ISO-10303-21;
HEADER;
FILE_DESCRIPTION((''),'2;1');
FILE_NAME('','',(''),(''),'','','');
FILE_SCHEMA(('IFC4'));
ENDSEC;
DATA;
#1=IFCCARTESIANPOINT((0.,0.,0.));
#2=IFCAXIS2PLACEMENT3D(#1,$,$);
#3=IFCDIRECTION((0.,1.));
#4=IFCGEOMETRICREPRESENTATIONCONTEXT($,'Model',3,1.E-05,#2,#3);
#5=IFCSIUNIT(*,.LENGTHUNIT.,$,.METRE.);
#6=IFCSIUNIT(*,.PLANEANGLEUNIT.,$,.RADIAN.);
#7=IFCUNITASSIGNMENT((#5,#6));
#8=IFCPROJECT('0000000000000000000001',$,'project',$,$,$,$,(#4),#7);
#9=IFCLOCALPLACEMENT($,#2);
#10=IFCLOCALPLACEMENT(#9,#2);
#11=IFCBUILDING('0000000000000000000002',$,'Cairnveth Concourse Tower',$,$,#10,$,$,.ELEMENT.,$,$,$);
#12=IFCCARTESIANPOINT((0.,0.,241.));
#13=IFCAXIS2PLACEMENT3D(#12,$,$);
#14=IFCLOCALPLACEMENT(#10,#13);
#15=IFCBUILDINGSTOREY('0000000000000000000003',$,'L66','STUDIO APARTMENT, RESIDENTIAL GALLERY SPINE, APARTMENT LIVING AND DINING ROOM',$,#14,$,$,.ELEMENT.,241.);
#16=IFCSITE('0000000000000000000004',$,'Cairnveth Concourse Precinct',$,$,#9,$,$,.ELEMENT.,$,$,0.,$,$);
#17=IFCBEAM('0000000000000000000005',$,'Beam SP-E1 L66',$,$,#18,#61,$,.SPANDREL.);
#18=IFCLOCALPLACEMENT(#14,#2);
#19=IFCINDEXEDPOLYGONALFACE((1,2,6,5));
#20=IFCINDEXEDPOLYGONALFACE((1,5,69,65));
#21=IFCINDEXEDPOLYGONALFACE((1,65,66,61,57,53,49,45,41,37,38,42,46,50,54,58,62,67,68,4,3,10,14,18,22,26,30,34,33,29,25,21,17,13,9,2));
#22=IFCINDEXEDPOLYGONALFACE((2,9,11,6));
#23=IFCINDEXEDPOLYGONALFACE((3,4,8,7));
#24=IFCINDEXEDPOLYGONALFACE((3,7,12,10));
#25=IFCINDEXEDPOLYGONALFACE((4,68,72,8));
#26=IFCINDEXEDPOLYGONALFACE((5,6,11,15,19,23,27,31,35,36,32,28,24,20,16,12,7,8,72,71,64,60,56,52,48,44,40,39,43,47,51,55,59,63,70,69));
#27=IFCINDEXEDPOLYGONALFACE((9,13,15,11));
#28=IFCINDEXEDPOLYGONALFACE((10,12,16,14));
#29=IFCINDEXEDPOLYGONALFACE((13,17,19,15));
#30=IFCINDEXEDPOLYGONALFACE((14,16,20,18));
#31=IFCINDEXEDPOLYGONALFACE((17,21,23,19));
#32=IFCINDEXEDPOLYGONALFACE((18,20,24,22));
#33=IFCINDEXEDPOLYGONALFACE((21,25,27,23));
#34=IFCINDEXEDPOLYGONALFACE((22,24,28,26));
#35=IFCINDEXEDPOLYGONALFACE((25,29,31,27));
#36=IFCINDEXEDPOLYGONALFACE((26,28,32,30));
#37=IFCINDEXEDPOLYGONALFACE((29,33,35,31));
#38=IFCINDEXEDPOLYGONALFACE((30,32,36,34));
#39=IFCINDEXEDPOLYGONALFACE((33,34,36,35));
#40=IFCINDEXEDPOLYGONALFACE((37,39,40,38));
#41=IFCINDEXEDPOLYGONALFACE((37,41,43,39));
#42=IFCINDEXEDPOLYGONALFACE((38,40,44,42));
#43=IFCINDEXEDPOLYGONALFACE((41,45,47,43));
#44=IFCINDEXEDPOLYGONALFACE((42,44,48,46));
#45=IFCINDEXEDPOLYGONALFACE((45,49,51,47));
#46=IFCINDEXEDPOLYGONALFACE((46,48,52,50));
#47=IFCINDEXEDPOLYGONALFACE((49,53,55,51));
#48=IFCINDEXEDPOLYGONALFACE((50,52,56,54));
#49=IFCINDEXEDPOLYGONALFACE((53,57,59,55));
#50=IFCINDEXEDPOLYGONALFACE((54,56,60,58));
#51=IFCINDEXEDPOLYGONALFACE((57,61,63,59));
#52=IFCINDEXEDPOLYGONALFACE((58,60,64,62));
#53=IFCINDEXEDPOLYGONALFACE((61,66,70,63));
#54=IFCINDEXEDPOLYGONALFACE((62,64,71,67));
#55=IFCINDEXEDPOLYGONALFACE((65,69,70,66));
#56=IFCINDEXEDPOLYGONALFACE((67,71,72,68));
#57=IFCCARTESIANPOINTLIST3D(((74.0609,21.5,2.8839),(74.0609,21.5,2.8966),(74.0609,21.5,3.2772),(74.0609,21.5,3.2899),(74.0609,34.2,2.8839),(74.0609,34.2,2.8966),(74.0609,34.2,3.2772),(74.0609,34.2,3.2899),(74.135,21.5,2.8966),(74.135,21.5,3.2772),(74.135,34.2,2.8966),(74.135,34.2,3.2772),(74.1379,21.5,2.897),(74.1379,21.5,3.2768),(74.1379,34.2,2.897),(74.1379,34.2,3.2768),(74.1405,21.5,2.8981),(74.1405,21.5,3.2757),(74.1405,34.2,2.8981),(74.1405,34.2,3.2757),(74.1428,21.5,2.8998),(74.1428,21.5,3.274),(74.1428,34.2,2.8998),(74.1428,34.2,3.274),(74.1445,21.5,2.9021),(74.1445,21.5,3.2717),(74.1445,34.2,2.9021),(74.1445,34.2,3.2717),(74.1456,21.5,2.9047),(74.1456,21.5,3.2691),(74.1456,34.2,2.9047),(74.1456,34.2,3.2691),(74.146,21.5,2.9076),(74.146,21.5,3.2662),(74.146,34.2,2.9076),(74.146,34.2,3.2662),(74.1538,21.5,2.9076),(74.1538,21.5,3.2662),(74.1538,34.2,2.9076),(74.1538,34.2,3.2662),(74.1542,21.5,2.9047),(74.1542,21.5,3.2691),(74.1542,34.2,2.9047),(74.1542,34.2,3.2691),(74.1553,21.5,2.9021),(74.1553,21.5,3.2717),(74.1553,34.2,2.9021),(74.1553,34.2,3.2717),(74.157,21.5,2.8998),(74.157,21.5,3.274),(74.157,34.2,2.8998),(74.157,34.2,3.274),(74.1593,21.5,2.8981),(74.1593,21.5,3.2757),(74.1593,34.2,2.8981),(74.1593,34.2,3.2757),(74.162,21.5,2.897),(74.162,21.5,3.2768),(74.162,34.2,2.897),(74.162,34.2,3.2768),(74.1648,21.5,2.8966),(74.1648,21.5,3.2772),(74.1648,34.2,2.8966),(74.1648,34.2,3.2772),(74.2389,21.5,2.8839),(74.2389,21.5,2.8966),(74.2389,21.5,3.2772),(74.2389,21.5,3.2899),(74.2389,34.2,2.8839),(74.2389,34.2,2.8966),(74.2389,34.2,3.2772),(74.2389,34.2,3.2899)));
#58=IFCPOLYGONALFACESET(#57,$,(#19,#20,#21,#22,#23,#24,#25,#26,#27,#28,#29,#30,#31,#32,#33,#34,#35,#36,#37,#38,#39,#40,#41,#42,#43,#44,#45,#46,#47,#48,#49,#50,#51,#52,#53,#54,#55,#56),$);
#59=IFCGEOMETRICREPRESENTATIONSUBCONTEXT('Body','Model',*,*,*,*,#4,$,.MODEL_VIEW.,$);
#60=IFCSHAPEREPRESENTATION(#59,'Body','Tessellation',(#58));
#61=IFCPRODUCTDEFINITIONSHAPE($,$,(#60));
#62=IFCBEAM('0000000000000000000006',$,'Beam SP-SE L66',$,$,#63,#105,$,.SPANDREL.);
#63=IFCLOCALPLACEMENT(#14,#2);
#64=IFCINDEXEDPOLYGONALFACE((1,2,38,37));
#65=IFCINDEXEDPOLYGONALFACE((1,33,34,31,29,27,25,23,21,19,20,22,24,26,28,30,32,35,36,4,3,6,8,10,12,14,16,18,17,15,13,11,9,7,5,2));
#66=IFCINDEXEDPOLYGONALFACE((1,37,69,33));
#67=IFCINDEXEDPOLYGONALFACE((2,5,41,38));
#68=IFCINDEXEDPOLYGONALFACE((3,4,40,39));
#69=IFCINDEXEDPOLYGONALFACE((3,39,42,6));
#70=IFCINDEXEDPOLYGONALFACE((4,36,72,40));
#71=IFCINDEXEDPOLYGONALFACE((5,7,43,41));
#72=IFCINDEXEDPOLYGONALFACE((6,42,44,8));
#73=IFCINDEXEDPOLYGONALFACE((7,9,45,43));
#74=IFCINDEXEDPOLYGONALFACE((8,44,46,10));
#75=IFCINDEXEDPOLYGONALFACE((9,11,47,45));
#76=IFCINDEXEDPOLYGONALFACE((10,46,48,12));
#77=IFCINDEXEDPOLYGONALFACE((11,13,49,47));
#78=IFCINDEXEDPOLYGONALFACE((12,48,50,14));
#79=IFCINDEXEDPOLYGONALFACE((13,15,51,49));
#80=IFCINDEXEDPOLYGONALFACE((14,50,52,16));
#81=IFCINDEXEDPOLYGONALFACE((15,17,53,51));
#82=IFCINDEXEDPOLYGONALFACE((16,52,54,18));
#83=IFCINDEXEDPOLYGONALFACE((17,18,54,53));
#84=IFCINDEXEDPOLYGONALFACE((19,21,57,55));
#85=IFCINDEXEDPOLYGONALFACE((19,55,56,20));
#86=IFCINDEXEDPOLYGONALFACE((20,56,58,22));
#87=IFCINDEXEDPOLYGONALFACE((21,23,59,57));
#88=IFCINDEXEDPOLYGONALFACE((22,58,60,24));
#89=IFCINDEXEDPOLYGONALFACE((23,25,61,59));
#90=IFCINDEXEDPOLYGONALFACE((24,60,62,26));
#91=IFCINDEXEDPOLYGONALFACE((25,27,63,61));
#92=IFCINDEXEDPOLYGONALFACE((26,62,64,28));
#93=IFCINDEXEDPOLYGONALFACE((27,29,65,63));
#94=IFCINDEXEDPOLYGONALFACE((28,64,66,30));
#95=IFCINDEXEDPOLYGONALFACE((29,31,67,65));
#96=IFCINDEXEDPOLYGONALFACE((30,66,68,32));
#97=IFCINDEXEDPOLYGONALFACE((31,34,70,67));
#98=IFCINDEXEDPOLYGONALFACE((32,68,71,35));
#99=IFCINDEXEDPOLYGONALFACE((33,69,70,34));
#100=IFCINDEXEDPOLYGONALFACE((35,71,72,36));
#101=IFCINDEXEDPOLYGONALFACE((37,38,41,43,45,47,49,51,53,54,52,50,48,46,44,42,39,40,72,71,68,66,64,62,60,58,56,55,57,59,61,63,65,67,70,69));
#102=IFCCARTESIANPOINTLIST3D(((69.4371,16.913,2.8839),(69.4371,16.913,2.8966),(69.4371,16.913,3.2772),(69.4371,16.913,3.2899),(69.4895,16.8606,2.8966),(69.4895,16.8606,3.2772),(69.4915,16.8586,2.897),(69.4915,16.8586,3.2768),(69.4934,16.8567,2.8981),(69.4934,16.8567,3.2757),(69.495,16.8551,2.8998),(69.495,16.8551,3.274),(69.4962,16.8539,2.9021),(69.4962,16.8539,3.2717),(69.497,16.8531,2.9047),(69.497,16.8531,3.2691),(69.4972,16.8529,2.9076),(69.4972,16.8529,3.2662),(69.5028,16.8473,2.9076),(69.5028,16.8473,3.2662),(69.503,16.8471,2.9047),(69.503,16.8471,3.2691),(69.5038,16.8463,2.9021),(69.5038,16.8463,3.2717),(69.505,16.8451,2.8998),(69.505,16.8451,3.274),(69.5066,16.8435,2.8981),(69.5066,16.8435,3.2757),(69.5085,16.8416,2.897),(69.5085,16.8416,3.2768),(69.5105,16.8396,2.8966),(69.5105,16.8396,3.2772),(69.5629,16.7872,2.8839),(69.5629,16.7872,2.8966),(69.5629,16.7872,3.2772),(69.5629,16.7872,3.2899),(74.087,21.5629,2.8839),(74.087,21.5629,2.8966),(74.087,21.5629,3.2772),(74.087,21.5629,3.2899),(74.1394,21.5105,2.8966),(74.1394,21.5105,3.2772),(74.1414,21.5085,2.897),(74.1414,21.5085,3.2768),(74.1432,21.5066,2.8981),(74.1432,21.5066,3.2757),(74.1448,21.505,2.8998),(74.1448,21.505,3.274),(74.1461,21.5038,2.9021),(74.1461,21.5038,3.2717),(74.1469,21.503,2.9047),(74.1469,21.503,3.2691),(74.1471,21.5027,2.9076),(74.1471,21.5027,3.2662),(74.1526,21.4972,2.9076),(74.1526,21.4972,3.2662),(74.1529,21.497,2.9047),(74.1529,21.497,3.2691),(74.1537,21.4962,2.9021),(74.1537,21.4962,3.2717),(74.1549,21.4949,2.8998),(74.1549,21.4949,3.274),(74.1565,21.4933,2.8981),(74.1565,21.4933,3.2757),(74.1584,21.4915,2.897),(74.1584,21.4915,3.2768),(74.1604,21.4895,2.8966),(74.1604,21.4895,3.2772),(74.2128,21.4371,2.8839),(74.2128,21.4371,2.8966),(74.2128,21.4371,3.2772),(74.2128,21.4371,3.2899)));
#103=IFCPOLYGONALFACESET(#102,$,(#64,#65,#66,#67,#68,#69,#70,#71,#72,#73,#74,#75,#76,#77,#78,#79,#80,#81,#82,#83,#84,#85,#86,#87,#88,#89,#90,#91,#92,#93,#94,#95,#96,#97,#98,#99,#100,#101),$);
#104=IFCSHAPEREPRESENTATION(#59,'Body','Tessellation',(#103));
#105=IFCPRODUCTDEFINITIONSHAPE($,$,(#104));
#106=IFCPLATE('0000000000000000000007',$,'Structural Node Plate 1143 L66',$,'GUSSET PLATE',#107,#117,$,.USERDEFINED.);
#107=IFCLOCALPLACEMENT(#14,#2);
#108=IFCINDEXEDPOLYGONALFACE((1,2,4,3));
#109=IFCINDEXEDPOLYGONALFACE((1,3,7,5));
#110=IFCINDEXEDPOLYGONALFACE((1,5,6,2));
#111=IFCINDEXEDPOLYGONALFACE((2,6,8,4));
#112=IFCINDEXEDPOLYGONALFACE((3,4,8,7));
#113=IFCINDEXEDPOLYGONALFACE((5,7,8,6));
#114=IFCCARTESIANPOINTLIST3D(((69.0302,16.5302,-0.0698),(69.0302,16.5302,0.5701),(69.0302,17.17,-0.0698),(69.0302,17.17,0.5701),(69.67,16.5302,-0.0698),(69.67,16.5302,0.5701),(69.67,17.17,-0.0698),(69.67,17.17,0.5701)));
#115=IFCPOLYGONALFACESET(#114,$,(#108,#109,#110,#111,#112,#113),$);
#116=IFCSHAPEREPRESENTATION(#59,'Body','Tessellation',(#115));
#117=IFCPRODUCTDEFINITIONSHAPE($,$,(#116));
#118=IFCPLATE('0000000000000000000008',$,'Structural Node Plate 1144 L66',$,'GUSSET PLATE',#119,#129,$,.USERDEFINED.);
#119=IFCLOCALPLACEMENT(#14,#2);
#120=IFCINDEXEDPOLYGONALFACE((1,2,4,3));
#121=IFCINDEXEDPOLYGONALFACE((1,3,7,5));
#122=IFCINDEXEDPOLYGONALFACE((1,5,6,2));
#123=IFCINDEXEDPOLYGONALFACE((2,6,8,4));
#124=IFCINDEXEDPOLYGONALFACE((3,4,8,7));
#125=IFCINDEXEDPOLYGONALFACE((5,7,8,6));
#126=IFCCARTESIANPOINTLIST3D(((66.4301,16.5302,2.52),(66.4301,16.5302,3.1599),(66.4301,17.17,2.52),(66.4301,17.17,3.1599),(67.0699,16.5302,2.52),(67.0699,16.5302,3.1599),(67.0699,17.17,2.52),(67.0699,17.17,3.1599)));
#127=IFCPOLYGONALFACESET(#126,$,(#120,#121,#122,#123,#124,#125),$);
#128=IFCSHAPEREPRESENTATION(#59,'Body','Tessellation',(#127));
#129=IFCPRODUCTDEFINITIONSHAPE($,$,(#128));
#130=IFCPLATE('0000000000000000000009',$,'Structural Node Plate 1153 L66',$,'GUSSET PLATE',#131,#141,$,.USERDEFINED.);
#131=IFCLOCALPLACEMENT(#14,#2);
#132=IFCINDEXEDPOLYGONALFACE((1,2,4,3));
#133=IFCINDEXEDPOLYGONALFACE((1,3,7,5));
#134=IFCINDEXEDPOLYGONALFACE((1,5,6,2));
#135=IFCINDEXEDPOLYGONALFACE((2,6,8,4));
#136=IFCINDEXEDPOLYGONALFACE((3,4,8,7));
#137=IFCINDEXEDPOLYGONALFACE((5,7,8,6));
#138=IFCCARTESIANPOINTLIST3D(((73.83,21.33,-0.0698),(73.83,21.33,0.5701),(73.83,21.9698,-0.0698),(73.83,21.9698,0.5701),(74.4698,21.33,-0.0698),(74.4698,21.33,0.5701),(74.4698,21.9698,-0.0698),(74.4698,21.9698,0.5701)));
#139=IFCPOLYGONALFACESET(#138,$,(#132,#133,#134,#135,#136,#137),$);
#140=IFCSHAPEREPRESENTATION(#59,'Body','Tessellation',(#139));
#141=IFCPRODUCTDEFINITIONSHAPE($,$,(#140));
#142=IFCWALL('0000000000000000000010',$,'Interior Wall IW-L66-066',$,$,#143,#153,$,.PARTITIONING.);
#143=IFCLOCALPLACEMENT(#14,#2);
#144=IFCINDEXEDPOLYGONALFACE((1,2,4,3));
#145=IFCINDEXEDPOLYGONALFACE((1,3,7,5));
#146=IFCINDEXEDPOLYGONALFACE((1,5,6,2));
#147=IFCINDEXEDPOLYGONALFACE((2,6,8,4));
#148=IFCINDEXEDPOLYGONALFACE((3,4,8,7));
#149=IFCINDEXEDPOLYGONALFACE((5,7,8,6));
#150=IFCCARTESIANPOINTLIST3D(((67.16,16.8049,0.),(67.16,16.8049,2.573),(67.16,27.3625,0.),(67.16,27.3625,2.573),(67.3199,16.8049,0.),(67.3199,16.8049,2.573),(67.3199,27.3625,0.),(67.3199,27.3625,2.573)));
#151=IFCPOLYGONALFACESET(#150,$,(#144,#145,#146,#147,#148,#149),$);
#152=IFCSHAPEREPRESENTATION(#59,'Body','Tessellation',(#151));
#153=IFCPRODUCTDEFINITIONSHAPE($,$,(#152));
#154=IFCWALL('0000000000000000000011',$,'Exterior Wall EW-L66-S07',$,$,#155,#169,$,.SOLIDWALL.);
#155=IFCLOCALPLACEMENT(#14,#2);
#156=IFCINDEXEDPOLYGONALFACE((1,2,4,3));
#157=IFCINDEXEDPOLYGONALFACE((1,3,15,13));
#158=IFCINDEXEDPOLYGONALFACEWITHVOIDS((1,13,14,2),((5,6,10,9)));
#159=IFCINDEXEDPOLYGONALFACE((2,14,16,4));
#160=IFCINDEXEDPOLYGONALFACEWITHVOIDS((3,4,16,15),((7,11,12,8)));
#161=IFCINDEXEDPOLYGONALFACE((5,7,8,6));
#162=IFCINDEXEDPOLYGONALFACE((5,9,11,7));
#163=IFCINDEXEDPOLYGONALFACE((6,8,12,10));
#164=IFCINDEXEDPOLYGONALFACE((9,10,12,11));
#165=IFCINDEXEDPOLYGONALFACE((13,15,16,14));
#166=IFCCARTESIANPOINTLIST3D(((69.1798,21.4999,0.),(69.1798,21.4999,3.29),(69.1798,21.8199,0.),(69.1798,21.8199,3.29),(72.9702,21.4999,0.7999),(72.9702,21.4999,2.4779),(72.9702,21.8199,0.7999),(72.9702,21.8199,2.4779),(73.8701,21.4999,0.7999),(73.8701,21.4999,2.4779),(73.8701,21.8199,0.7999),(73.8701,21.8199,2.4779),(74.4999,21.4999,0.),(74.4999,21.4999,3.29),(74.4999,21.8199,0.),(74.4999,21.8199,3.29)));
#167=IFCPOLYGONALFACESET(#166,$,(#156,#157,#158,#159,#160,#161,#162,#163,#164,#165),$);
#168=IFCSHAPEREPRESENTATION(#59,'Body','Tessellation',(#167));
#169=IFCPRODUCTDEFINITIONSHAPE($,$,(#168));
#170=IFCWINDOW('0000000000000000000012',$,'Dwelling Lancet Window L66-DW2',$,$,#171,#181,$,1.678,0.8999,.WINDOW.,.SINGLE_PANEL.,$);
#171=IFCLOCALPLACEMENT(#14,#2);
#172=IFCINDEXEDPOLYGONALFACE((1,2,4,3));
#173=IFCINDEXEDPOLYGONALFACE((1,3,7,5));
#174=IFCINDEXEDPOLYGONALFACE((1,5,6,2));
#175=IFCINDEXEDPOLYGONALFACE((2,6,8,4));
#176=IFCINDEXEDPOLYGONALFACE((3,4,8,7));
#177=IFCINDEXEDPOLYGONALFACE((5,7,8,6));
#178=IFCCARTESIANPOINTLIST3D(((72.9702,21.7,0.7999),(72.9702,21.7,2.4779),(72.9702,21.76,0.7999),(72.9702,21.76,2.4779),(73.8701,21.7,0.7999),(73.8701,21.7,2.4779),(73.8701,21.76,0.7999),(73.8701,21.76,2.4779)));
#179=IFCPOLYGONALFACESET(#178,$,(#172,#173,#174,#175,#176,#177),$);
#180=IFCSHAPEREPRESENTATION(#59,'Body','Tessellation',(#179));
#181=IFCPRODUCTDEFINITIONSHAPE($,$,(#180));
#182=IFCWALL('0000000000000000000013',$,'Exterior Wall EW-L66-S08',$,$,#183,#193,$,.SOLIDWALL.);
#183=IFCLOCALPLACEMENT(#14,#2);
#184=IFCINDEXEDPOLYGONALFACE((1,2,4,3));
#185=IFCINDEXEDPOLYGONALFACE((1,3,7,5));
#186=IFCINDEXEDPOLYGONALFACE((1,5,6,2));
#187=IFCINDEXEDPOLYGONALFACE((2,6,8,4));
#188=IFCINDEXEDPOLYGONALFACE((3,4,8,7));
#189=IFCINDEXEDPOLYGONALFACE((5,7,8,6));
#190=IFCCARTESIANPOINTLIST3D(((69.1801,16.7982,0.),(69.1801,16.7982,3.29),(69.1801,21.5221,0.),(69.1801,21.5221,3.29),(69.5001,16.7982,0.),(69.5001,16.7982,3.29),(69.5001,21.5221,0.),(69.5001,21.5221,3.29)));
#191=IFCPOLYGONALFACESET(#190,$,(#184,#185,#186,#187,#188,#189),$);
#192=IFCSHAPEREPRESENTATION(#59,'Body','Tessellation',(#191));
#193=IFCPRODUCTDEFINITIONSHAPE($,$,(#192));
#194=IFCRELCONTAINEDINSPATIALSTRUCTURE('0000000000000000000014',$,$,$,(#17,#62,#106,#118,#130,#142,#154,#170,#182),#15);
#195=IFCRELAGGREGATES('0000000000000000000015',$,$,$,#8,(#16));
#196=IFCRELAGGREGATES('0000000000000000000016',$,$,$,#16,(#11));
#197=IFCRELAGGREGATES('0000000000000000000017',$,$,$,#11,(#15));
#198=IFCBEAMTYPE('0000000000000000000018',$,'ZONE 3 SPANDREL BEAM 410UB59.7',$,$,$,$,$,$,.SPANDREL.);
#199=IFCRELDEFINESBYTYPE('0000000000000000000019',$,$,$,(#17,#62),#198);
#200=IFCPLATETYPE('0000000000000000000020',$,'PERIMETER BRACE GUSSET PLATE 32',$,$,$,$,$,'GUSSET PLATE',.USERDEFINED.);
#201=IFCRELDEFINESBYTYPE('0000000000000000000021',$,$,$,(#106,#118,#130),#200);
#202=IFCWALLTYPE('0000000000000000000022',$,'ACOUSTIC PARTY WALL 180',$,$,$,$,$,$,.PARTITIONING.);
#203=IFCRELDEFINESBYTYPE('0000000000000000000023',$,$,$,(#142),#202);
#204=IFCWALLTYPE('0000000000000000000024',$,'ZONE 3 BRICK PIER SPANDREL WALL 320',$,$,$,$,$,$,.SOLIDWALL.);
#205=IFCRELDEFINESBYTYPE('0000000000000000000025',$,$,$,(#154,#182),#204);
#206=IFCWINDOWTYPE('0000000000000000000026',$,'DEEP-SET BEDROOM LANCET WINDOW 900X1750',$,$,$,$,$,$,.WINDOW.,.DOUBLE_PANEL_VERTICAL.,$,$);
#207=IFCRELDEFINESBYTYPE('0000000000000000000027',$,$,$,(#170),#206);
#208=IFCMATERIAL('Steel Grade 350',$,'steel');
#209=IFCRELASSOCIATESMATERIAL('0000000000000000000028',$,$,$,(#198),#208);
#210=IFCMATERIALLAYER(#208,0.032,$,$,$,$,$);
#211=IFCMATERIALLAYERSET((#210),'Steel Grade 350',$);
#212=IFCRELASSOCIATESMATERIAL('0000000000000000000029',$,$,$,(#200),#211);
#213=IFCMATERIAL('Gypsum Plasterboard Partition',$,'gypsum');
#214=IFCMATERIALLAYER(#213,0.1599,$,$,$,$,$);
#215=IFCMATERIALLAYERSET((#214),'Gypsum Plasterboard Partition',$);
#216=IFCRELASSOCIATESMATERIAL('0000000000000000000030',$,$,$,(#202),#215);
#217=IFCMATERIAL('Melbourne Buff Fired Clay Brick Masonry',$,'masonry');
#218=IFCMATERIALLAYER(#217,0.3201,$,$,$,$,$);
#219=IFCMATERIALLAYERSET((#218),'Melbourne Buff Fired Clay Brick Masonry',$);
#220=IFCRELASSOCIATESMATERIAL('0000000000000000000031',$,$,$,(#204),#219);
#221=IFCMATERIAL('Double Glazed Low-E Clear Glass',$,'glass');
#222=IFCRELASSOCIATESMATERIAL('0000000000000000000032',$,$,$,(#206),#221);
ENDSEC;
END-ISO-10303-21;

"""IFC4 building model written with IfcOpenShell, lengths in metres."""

from ifc_helpers import new_model, si_unit, direction, frame, frame_2d, origin, origin_2d, place, context, subcontext, project, spatial, rectangle, i_section, extrude, material, layer, layer_set, material_profile, profile_set, type_object, element, fill, save


model = new_model("IFC4")

# Units and contexts
model_context = context("Model", 3, precision=1e-05, world=origin(), true_north=direction((0.0, 1.0)))
body_context = subcontext(model_context, "Body", "Model", "MODEL_VIEW")
ifc_project = project(units=[si_unit("LENGTHUNIT", "METRE"), si_unit("PLANEANGLEUNIT", "RADIAN")], contexts=[model_context])

# Site, building, storey
site_placement = place(None, origin())
site = spatial("IfcSite", under=ifc_project, at=site_placement, Name="Cairnveth Concourse Precinct", CompositionType="ELEMENT", RefElevation=0.0)
building_placement = place(site_placement, origin())
building = spatial("IfcBuilding", under=site, at=building_placement, Name="Cairnveth Concourse Tower", CompositionType="ELEMENT")
storey_placement = place(building_placement, frame((0.0, 0.0, 241.0)))
storey = spatial("IfcBuildingStorey", under=building, at=storey_placement, Name="L66", Description="STUDIO APARTMENT, RESIDENTIAL GALLERY SPINE, APARTMENT LIVING AND DINING ROOM", CompositionType="ELEMENT", Elevation=241.0)

# Shared definitions
ifc_material_1 = material(Name="Steel Grade 350", Category="steel")

# Beams
ifc_material_profile_1 = material_profile(ifc_material_1, i_section(OverallWidth=0.178, OverallDepth=0.406, WebThickness=0.0078, FlangeThickness=0.0127, FilletRadius=0.011, at=origin_2d()), Name="410UB59.7")
ifc_profile_set_1 = profile_set([ifc_material_profile_1], Name="Steel Grade 350")
beam_type_1 = type_object("IfcBeamType", Name="ZONE 3 SPANDREL BEAM 410UB59.7", PredefinedType="SPANDREL", material=ifc_profile_set_1)
beam_1_placement = place(storey_placement, frame((74.1499, 21.5, 3.0869), z_axis=(0.0, 1.0, 0.0), x_axis=(-1.0, 0.0, 0.0)))
element("IfcBeam", 1, at=beam_1_placement, inside=storey, type_object=beam_type_1, Name="Beam SP-E1 L66", PredefinedType="SPANDREL", context=body_context, shape_type="SweptSolid", body=[
    extrude(i_section(OverallWidth=0.178, OverallDepth=0.406, WebThickness=0.0078, FlangeThickness=0.0127, FilletRadius=0.011, at=origin_2d()), origin(), (0.0, 0.0, 1.0), 12.7),
])
beam_2_placement = place(storey_placement, frame((69.5, 16.8501, 3.0869), z_axis=(0.707107, 0.707107, 0.0), x_axis=(-0.707107, 0.707107, 0.0)))
element("IfcBeam", 2, at=beam_2_placement, inside=storey, type_object=beam_type_1, Name="Beam SP-SE L66", PredefinedType="SPANDREL", context=body_context, shape_type="SweptSolid", body=[
    extrude(i_section(OverallWidth=0.178, OverallDepth=0.406, WebThickness=0.0078, FlangeThickness=0.0127, FilletRadius=0.011, at=origin_2d()), origin(), (0.0, 0.0, 1.0), 6.5759),
])

# Plates
ifc_layer_1 = layer(ifc_material_1, 0.032)
ifc_layer_set_1 = layer_set([ifc_layer_1], Name="Steel Grade 350")
plate_type = type_object("IfcPlateType", Name="PERIMETER BRACE GUSSET PLATE 32", ElementType="GUSSET PLATE", PredefinedType="USERDEFINED", material=ifc_layer_set_1)
for number, where, z_axis, x_axis, name in (
    (3, (69.3501, 16.8501, -0.0698), (0.0, 0.0, 1.0), (1.0, 0.0, 0.0), "Structural Node Plate 1143 L66"),
    (4, (66.75, 16.8501, 2.52), (0.0, 0.0, 1.0), (1.0, 0.0, 0.0), "Structural Node Plate 1144 L66"),
    (5, (74.1499, 21.6499, -0.0698), (0.0, 0.0, 1.0), (1.0, 0.0, 0.0), "Structural Node Plate 1153 L66"),
):
    element("IfcPlate", number, at=place(storey_placement, frame(where, z_axis=z_axis, x_axis=x_axis)), inside=storey, type_object=plate_type, Name=name, ObjectType="GUSSET PLATE", PredefinedType="USERDEFINED", context=body_context, shape_type="SweptSolid", body=[
        extrude(rectangle(XDim=0.6399, YDim=0.6399, at=origin_2d()), origin(), (0.0, 0.0, 1.0), 0.6399),
    ])

# Wall
ifc_material_2 = material(Name="Gypsum Plasterboard Partition", Category="gypsum")
ifc_layer_2 = layer(ifc_material_2, 0.1599)
ifc_layer_set_2 = layer_set([ifc_layer_2], Name="Gypsum Plasterboard Partition")
wall_type_1 = type_object("IfcWallType", Name="ACOUSTIC PARTY WALL 180", PredefinedType="PARTITIONING", material=ifc_layer_set_2)
wall_1_placement = place(storey_placement, frame((67.24, 16.8049, 0.0), z_axis=(0.0, 0.0, 1.0), x_axis=(0.0, 1.0, 0.0)))
element("IfcWall", 6, at=wall_1_placement, inside=storey, type_object=wall_type_1, Name="Interior Wall IW-L66-066", PredefinedType="PARTITIONING", context=body_context, shape_type="SweptSolid", body=[
    extrude(rectangle(XDim=10.5576, YDim=0.1599, at=frame_2d((5.2788, 0.0))), origin(), (0.0, 0.0, 1.0), 2.573),
])

# Wall, opening, window
ifc_material_3 = material(Name="Melbourne Buff Fired Clay Brick Masonry", Category="masonry")
ifc_layer_3 = layer(ifc_material_3, 0.3201)
ifc_layer_set_3 = layer_set([ifc_layer_3], Name="Melbourne Buff Fired Clay Brick Masonry")
wall_type_2 = type_object("IfcWallType", Name="ZONE 3 BRICK PIER SPANDREL WALL 320", PredefinedType="SOLIDWALL", material=ifc_layer_set_3)
wall_2_placement = place(storey_placement, frame((74.5, 21.6599, 0.0), z_axis=(0.0, 0.0, 1.0), x_axis=(-1.0, 0.0, 0.0)))
wall_2 = element("IfcWall", 7, at=wall_2_placement, inside=storey, type_object=wall_type_2, Name="Exterior Wall EW-L66-S07", PredefinedType="SOLIDWALL", context=body_context, shape_type="SweptSolid", body=[
    extrude(rectangle(XDim=5.3201, YDim=0.3201, at=frame_2d((2.6602, 0.0))), origin(), (0.0, 0.0, 1.0), 3.29),
])
opening_1_placement = place(wall_2_placement, frame((0.6299, 0.0, 0.8)))
opening_1 = element("IfcOpeningElement", 8, at=opening_1_placement, cuts=wall_2, PredefinedType="OPENING", context=body_context, shape_type="SweptSolid", body=[
    extrude(rectangle(XDim=0.8999, YDim=1.678, at=frame_2d((0.45, 0.8389))), frame((0.0, 0.1699, 0.0), z_axis=(0.0, -1.0, 0.0), x_axis=(1.0, 0.0, 0.0)), (0.0, 0.0, 1.0), 0.3401),
])
ifc_material_4 = material(Name="Double Glazed Low-E Clear Glass", Category="glass")
window_type_1 = type_object("IfcWindowType", Name="DEEP-SET BEDROOM LANCET WINDOW 900X1750", PartitioningType="DOUBLE_PANEL_VERTICAL", PredefinedType="WINDOW", material=ifc_material_4)
window_1_placement = place(opening_1_placement, origin())
window_1 = element("IfcWindow", 9, at=window_1_placement, inside=storey, type_object=window_type_1, Name="Dwelling Lancet Window L66-DW2", OverallHeight=1.678, OverallWidth=0.8999, PartitioningType="SINGLE_PANEL", PredefinedType="WINDOW", context=body_context, shape_type="SweptSolid", body=[
    extrude(rectangle(XDim=0.8999, YDim=1.678, at=frame_2d((0.45, 0.8389))), frame((0.0, -0.04, 0.0), z_axis=(0.0, -1.0, 0.0), x_axis=(1.0, 0.0, 0.0)), (0.0, 0.0, 1.0), 0.0601),
])
fill(opening_1, window_1)

# Wall
wall_3_placement = place(storey_placement, frame((69.3401, 21.522, 0.0), z_axis=(0.0, 0.0, 1.0), x_axis=(0.0, -1.0, 0.0)))
element("IfcWall", 10, at=wall_3_placement, inside=storey, type_object=wall_type_2, Name="Exterior Wall EW-L66-S08", PredefinedType="SOLIDWALL", context=body_context, shape_type="SweptSolid", body=[
    extrude(rectangle(XDim=4.7239, YDim=0.3201, at=frame_2d((2.3618, 0.0))), origin(), (0.0, 0.0, 1.0), 3.29),
])

save(model, "model.ifc")
